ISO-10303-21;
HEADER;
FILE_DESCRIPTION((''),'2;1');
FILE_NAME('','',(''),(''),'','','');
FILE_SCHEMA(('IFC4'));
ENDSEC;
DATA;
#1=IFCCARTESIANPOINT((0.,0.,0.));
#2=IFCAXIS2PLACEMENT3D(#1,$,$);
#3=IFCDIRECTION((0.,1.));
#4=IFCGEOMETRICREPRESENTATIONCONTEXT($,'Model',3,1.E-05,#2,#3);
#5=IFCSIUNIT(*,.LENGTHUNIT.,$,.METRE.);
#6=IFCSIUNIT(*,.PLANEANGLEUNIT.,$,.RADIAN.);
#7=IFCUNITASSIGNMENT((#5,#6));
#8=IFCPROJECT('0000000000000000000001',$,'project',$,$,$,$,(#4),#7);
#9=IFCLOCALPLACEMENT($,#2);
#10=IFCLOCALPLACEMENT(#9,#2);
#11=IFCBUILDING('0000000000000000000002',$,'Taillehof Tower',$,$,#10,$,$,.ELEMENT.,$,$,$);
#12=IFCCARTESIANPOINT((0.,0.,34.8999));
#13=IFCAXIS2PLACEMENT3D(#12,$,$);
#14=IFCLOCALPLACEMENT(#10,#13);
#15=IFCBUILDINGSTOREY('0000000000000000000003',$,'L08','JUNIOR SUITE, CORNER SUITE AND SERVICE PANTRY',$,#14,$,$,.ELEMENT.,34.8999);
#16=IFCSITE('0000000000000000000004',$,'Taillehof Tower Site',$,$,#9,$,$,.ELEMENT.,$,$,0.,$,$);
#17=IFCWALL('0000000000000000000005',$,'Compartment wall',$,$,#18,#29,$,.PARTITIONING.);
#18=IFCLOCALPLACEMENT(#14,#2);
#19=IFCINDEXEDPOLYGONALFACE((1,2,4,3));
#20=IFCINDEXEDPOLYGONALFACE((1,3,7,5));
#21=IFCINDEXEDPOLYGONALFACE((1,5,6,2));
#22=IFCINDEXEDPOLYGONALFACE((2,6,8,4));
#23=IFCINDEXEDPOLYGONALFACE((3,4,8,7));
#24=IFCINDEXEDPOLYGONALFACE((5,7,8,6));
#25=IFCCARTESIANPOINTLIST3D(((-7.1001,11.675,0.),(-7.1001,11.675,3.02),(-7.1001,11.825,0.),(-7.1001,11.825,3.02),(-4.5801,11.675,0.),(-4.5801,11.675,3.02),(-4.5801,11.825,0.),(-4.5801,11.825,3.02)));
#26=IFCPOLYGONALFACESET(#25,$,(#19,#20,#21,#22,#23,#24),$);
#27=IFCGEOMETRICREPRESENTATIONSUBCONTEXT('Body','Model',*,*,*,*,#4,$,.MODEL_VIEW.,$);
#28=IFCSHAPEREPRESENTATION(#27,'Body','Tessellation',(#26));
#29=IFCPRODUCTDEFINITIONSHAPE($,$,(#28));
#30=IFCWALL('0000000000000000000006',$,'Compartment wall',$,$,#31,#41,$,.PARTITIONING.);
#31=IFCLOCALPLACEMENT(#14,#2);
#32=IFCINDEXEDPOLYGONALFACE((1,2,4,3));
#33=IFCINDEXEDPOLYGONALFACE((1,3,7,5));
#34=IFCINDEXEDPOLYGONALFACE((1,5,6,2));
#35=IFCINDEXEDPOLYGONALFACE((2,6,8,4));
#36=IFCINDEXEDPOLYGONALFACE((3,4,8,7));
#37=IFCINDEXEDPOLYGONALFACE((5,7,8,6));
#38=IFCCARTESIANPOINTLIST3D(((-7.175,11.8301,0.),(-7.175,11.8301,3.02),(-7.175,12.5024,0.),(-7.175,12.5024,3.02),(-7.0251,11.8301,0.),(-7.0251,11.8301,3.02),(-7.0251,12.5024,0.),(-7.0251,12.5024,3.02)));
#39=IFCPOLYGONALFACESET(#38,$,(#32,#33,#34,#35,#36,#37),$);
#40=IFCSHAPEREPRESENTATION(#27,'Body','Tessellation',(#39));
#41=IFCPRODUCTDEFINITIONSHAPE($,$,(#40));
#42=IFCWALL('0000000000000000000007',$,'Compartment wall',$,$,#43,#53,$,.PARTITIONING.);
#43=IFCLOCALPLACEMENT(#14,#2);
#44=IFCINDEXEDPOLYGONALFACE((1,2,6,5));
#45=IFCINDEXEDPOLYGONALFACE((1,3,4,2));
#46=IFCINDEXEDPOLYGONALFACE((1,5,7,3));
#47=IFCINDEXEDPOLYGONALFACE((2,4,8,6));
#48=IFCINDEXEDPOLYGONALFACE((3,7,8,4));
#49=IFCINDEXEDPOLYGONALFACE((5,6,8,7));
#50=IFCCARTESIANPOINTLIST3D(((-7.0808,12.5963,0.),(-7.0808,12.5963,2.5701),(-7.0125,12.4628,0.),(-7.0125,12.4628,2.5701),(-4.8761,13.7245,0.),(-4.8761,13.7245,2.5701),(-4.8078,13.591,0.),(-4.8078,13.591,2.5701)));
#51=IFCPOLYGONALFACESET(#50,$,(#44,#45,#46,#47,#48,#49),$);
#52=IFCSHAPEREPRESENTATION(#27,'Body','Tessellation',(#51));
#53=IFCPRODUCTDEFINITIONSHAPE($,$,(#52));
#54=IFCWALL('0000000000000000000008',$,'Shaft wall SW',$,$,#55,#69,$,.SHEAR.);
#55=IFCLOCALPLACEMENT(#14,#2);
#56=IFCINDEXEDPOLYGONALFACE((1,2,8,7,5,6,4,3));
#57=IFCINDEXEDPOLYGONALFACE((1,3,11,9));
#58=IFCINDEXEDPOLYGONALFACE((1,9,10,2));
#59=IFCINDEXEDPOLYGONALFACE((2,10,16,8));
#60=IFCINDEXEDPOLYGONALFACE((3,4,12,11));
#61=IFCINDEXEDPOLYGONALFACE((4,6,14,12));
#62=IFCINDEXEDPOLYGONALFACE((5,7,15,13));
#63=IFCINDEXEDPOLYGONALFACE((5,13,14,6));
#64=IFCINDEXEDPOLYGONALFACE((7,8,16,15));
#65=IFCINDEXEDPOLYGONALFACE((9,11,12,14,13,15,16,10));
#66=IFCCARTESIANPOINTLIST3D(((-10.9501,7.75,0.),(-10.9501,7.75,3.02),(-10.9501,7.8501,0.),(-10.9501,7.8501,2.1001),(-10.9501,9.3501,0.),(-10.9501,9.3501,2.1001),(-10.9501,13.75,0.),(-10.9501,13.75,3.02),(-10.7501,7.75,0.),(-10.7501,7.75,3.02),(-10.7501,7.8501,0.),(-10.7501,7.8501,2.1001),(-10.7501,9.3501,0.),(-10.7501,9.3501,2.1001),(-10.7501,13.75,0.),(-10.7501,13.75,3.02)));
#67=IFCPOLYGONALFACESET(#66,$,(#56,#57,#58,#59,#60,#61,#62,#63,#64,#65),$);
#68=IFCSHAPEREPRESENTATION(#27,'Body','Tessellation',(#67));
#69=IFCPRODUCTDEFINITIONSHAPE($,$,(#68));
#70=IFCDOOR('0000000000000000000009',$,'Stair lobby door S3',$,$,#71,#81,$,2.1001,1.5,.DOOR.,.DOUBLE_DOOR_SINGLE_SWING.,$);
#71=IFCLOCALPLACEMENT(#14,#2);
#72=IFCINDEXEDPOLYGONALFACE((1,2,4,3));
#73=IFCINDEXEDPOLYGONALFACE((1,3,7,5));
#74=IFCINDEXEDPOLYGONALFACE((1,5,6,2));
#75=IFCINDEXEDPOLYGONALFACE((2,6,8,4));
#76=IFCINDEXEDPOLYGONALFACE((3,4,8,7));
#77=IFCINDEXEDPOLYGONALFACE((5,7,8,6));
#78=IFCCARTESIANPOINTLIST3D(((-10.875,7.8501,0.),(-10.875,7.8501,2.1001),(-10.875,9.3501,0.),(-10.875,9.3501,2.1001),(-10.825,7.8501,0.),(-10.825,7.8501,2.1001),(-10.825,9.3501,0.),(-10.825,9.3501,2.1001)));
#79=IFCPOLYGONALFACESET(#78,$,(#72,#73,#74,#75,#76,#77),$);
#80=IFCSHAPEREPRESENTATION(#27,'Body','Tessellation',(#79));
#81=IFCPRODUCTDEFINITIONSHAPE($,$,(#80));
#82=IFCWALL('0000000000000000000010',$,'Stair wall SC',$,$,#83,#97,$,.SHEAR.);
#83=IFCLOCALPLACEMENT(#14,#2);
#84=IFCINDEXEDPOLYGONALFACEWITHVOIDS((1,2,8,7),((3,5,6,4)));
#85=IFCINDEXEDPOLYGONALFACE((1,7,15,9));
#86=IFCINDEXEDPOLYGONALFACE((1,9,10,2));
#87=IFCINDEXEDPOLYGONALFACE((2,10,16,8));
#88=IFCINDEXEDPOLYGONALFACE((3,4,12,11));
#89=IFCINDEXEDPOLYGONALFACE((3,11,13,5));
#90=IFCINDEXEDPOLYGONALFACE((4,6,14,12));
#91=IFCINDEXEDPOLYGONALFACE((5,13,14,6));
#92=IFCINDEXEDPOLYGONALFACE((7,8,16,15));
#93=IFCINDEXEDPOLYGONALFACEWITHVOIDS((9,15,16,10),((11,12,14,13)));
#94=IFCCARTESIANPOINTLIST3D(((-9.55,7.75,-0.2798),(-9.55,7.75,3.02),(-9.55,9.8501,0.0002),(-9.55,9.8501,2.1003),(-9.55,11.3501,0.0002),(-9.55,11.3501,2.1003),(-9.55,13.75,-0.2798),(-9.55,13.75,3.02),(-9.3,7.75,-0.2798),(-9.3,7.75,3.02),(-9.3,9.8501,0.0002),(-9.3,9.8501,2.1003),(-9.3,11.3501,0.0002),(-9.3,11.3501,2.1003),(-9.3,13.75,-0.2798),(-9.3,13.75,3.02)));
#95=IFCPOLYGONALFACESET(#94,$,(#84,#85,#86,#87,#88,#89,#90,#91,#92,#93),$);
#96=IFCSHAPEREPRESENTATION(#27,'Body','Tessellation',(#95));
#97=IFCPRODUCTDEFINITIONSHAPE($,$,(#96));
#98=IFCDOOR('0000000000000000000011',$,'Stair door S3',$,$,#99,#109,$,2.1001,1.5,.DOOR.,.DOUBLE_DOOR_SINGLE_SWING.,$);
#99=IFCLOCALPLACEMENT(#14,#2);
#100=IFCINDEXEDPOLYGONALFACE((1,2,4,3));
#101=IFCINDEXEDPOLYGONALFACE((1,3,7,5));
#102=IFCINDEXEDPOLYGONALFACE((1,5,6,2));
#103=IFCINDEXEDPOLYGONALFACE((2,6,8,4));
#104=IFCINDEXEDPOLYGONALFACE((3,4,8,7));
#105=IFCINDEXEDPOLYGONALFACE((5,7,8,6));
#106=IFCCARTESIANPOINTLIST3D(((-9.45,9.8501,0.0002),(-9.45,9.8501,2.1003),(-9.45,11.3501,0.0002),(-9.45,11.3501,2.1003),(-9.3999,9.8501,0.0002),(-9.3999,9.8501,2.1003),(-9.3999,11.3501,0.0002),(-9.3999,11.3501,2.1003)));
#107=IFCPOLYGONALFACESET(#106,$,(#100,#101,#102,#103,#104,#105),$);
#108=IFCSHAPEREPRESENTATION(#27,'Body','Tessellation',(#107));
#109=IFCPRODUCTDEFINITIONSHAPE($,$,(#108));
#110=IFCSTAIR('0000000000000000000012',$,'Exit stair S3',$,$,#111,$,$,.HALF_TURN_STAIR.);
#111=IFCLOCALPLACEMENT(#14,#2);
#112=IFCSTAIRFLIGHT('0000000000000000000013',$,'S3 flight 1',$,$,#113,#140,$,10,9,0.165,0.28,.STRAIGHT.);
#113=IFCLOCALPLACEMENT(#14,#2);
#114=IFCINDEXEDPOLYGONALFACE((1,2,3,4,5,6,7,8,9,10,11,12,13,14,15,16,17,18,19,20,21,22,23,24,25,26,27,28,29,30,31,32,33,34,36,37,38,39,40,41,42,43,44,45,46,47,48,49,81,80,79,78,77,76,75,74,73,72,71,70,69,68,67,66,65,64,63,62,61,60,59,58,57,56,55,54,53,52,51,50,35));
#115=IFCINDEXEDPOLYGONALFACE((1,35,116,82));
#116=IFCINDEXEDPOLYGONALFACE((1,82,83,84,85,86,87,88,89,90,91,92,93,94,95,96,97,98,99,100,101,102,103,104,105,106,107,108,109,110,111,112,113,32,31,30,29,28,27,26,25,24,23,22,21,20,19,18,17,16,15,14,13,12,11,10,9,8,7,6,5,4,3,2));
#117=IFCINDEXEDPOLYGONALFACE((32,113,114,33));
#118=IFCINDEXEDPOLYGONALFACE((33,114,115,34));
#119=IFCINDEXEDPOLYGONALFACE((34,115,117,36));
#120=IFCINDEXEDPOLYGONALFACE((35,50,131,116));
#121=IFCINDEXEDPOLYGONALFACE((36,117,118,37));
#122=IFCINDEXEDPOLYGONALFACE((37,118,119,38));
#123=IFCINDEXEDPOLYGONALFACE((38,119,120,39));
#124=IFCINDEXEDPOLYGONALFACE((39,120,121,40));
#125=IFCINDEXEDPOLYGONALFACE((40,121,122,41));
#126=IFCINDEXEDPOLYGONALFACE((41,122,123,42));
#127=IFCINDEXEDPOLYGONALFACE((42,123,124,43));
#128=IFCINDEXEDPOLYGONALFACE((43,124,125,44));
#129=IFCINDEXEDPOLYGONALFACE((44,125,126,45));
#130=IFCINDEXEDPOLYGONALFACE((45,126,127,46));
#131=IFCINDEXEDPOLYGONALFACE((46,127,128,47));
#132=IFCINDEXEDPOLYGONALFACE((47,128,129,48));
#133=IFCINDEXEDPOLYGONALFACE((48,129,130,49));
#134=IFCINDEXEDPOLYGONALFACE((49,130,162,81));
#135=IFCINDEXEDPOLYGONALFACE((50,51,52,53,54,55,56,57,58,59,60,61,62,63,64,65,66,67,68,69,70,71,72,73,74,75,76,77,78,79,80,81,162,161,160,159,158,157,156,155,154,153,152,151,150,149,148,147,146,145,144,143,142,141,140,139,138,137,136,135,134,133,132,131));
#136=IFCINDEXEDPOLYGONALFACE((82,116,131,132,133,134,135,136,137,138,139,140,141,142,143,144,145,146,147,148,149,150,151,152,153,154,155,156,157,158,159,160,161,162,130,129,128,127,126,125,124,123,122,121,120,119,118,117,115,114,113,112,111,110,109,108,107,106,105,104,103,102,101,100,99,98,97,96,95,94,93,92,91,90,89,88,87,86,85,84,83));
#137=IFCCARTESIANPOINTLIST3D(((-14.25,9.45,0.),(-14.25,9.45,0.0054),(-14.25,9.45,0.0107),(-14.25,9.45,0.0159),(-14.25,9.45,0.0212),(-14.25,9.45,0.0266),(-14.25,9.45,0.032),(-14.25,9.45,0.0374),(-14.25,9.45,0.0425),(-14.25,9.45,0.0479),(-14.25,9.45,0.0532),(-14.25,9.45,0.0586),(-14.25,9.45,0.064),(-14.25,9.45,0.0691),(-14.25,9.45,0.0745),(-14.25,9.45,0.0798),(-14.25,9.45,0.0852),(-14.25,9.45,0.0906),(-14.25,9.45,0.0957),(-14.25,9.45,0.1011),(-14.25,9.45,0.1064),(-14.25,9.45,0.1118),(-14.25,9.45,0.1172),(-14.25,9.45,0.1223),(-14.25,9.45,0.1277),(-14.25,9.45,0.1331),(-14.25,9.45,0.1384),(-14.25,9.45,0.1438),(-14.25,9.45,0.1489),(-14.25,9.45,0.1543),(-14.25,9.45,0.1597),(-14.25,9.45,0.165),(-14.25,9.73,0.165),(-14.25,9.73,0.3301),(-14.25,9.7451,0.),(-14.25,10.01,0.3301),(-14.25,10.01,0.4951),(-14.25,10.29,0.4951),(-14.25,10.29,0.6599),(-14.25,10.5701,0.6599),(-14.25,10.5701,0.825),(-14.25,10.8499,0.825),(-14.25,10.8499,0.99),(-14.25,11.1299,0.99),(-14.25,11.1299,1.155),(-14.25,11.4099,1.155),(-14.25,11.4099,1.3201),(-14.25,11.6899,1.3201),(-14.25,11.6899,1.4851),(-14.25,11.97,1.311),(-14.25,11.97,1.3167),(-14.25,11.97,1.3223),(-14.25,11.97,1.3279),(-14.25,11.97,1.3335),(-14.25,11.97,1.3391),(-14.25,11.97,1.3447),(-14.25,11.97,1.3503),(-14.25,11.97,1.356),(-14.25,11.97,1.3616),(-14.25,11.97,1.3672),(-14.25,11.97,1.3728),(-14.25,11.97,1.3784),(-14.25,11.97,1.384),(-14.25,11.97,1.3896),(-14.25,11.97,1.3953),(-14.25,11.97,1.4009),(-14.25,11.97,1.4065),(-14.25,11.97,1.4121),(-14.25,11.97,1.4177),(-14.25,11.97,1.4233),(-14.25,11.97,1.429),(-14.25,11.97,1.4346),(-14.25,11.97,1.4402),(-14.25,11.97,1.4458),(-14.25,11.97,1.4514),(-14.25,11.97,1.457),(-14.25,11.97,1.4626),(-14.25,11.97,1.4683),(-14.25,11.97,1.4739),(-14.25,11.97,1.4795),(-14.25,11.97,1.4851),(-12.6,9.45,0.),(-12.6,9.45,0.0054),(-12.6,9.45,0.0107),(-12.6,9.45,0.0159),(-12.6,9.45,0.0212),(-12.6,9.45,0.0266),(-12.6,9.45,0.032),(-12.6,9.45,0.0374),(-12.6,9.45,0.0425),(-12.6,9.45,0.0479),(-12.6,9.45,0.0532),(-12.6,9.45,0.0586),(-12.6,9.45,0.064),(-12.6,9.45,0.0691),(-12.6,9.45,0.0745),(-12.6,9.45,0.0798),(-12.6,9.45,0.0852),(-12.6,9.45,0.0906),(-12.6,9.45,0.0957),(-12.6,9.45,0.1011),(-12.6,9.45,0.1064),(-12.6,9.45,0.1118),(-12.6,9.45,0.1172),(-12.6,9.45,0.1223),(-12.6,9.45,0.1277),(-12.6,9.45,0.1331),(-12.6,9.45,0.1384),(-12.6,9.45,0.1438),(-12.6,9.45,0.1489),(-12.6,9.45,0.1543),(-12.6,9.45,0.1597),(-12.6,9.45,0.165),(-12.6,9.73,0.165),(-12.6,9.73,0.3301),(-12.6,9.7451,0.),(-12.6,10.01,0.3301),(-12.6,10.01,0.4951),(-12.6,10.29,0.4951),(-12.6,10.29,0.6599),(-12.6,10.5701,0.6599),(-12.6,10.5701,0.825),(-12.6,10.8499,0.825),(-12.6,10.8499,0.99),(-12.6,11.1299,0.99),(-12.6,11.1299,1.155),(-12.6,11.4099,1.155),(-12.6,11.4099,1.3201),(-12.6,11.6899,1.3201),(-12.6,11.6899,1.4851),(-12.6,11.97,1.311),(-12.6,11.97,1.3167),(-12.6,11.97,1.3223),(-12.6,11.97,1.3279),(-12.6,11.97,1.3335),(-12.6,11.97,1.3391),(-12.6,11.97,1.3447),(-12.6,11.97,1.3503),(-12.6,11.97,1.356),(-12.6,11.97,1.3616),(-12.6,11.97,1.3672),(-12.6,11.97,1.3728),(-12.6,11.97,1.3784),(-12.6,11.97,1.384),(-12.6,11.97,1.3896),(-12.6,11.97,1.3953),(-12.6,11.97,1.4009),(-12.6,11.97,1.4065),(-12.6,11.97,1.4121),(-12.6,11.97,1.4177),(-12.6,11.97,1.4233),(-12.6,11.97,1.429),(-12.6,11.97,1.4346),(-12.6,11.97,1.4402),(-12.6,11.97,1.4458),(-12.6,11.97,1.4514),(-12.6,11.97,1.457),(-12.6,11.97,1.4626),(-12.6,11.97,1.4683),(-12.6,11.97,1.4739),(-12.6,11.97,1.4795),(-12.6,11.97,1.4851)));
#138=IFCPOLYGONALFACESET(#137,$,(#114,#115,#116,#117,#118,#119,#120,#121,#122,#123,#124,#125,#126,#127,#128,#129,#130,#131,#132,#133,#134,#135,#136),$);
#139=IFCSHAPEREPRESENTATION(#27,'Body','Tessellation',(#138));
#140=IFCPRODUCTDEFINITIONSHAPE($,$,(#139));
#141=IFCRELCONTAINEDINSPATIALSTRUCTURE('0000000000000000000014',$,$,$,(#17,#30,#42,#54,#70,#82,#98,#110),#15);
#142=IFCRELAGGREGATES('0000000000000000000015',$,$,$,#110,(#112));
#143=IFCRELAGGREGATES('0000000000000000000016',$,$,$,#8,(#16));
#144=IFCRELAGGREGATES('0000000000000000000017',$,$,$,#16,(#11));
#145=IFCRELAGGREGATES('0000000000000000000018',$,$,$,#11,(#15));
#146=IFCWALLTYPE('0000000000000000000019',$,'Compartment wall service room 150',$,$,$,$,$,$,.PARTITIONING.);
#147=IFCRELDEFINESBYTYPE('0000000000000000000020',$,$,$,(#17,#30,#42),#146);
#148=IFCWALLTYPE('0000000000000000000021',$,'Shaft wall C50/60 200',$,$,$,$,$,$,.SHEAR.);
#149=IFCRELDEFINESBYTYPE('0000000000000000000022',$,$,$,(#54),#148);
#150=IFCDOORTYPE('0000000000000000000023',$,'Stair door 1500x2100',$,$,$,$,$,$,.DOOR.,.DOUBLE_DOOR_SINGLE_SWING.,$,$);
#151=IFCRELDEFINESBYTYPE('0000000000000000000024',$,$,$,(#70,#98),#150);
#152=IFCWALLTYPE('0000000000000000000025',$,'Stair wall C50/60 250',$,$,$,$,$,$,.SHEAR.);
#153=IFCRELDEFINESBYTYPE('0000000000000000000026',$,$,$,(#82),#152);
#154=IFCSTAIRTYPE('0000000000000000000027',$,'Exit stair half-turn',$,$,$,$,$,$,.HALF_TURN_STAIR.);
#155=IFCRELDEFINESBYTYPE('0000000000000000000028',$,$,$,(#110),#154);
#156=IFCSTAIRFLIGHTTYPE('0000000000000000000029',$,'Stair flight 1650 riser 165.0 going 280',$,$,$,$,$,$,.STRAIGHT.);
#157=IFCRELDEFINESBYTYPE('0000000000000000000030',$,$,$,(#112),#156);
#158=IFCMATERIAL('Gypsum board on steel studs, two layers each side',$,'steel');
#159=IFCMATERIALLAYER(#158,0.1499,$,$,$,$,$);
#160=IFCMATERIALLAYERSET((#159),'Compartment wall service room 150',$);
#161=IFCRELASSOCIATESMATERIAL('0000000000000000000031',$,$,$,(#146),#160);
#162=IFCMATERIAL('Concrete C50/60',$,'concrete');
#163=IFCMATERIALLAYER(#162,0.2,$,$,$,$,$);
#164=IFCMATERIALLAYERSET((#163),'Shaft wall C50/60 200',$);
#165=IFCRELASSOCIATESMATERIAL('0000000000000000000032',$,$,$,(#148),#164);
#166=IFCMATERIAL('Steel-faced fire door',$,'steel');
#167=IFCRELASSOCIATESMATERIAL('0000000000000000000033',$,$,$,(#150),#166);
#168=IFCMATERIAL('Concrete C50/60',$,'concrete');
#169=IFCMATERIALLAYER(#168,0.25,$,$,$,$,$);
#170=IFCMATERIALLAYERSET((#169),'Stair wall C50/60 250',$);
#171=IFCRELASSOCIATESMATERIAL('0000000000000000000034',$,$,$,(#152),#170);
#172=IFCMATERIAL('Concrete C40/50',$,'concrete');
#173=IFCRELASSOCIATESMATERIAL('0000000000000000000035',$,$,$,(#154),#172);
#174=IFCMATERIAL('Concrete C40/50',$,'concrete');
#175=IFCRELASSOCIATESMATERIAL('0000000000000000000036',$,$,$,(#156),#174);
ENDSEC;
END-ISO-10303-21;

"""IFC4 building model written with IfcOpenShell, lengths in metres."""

from ifc_helpers import new_model, si_unit, direction, frame, frame_2d, origin, place, context, subcontext, project, spatial, polyline, rectangle, outline, extrude, material, layer, layer_set, type_object, element, fill, aggregate, save


model = new_model("IFC4")

# Units and contexts
model_context = context("Model", 3, precision=1e-05, world=origin(), true_north=direction((0.0, 1.0)))
body_context = subcontext(model_context, "Body", "Model", "MODEL_VIEW")
ifc_project = project(units=[si_unit("LENGTHUNIT", "METRE"), si_unit("PLANEANGLEUNIT", "RADIAN")], contexts=[model_context])

# Site, building, storey
site_placement = place(None, origin())
site = spatial("IfcSite", under=ifc_project, at=site_placement, Name="Taillehof Tower Site", CompositionType="ELEMENT", RefElevation=0.0)
building_placement = place(site_placement, origin())
building = spatial("IfcBuilding", under=site, at=building_placement, Name="Taillehof Tower", CompositionType="ELEMENT")
storey_placement = place(building_placement, frame((0.0, 0.0, 34.8999)))
storey = spatial("IfcBuildingStorey", under=building, at=storey_placement, Name="L08", Description="JUNIOR SUITE, CORNER SUITE AND SERVICE PANTRY", CompositionType="ELEMENT", Elevation=34.8999)

# Walls
ifc_material_1 = material(Name="Gypsum board on steel studs, two layers each side", Category="steel")
ifc_layer_1 = layer(ifc_material_1, 0.1499)
ifc_layer_set_1 = layer_set([ifc_layer_1], Name="Compartment wall service room 150")
wall_type_1 = type_object("IfcWallType", Name="Compartment wall service room 150", PredefinedType="PARTITIONING", material=ifc_layer_set_1)
wall_1_placement = place(storey_placement, frame((-4.5801, 11.75, 0.0), z_axis=(0.0, 0.0, 1.0), x_axis=(-1.0, 0.0, 0.0)))
element("IfcWall", 1, at=wall_1_placement, inside=storey, type_object=wall_type_1, Name="Compartment wall", PredefinedType="PARTITIONING", context=body_context, shape_type="SweptSolid", body=[
    extrude(rectangle(XDim=2.52, YDim=0.1499, at=frame_2d((1.26, 0.0))), origin(), (0.0, 0.0, 1.0), 3.02),
])
wall_2_placement = place(storey_placement, frame((-7.1001, 11.8301, 0.0), z_axis=(0.0, 0.0, 1.0), x_axis=(0.0, 1.0, 0.0)))
element("IfcWall", 2, at=wall_2_placement, inside=storey, type_object=wall_type_1, Name="Compartment wall", PredefinedType="PARTITIONING", context=body_context, shape_type="SweptSolid", body=[
    extrude(rectangle(XDim=0.6724, YDim=0.1499, at=frame_2d((0.3362, 0.0))), origin(), (0.0, 0.0, 1.0), 3.02),
])
wall_3_placement = place(storey_placement, frame((-7.0466, 12.5295, 0.0), z_axis=(0.0, 0.0, 1.0), x_axis=(0.890208, 0.455554, 0.0)))
element("IfcWall", 3, at=wall_3_placement, inside=storey, type_object=wall_type_1, Name="Compartment wall", PredefinedType="PARTITIONING", context=body_context, shape_type="SweptSolid", body=[
    extrude(rectangle(XDim=2.4766, YDim=0.1499, at=frame_2d((1.2383, 0.0))), origin(), (0.0, 0.0, 1.0), 2.5701),
])

# Walls, openings, doors
ifc_material_2 = material(Name="Concrete C50/60", Category="concrete")
ifc_layer_2 = layer(ifc_material_2, 0.2)
ifc_layer_set_2 = layer_set([ifc_layer_2], Name="Shaft wall C50/60 200")
wall_type_2 = type_object("IfcWallType", Name="Shaft wall C50/60 200", PredefinedType="SHEAR", material=ifc_layer_set_2)
wall_4_placement = place(storey_placement, frame((-10.8501, 7.75, 0.0), z_axis=(0.0, 0.0, 1.0), x_axis=(0.0, 1.0, 0.0)))
wall_4 = element("IfcWall", 4, at=wall_4_placement, inside=storey, type_object=wall_type_2, Name="Shaft wall SW", PredefinedType="SHEAR", context=body_context, shape_type="SweptSolid", body=[
    extrude(rectangle(XDim=6.0, YDim=0.2, at=frame_2d((3.0, 0.0))), origin(), (0.0, 0.0, 1.0), 3.02),
])
opening_1_placement = place(wall_4_placement, frame((0.1001, 0.0, 0.0)))
opening_1 = element("IfcOpeningElement", 5, at=opening_1_placement, cuts=wall_4, PredefinedType="OPENING", context=body_context, shape_type="SweptSolid", body=[
    extrude(rectangle(XDim=1.5, YDim=2.1001, at=frame_2d((0.75, 1.05))), frame((0.0, 0.1099, 0.0), z_axis=(0.0, -1.0, 0.0), x_axis=(1.0, 0.0, 0.0)), (0.0, 0.0, 1.0), 0.22),
])
ifc_material_3 = material(Name="Steel-faced fire door", Category="steel")
door_type = type_object("IfcDoorType", Name="Stair door 1500x2100", OperationType="DOUBLE_DOOR_SINGLE_SWING", PredefinedType="DOOR", material=ifc_material_3)
door_1_placement = place(opening_1_placement, origin())
door_1 = element("IfcDoor", 6, at=door_1_placement, inside=storey, type_object=door_type, Name="Stair lobby door S3", OperationType="DOUBLE_DOOR_SINGLE_SWING", OverallHeight=2.1001, OverallWidth=1.5, PredefinedType="DOOR", context=body_context, shape_type="SweptSolid", body=[
    extrude(rectangle(XDim=1.5, YDim=2.1001, at=frame_2d((0.75, 1.05))), frame((0.0, 0.0249, 0.0), z_axis=(0.0, -1.0, 0.0), x_axis=(1.0, 0.0, 0.0)), (0.0, 0.0, 1.0), 0.05),
])
fill(opening_1, door_1)
ifc_material_4 = material(Name="Concrete C50/60", Category="concrete")
ifc_layer_3 = layer(ifc_material_4, 0.25)
ifc_layer_set_3 = layer_set([ifc_layer_3], Name="Stair wall C50/60 250")
wall_type_3 = type_object("IfcWallType", Name="Stair wall C50/60 250", PredefinedType="SHEAR", material=ifc_layer_set_3)
wall_5_placement = place(storey_placement, frame((-9.425, 7.75, -0.2798), z_axis=(0.0, 0.0, 1.0), x_axis=(0.0, 1.0, 0.0)))
wall_5 = element("IfcWall", 7, at=wall_5_placement, inside=storey, type_object=wall_type_3, Name="Stair wall SC", PredefinedType="SHEAR", context=body_context, shape_type="SweptSolid", body=[
    extrude(rectangle(XDim=6.0, YDim=0.25, at=frame_2d((3.0, 0.0))), origin(), (0.0, 0.0, 1.0), 3.2998),
])
opening_2_placement = place(wall_5_placement, frame((2.1001, 0.0, 0.28)))
opening_2 = element("IfcOpeningElement", 8, at=opening_2_placement, cuts=wall_5, PredefinedType="OPENING", context=body_context, shape_type="SweptSolid", body=[
    extrude(rectangle(XDim=1.5, YDim=2.1001, at=frame_2d((0.75, 1.05))), frame((0.0, 0.135, 0.0), z_axis=(0.0, -1.0, 0.0), x_axis=(1.0, 0.0, 0.0)), (0.0, 0.0, 1.0), 0.27),
])
door_2_placement = place(opening_2_placement, origin())
door_2 = element("IfcDoor", 9, at=door_2_placement, inside=storey, type_object=door_type, Name="Stair door S3", OperationType="DOUBLE_DOOR_SINGLE_SWING", OverallHeight=2.1001, OverallWidth=1.5, PredefinedType="DOOR", context=body_context, shape_type="SweptSolid", body=[
    extrude(rectangle(XDim=1.5, YDim=2.1001, at=frame_2d((0.75, 1.05))), frame((0.0, 0.0249, 0.0), z_axis=(0.0, -1.0, 0.0), x_axis=(1.0, 0.0, 0.0)), (0.0, 0.0, 1.0), 0.05),
])
fill(opening_2, door_2)

# Stair, stair flight
ifc_material_5 = material(Name="Concrete C40/50", Category="concrete")
stair_type = type_object("IfcStairType", Name="Exit stair half-turn", PredefinedType="HALF_TURN_STAIR", material=ifc_material_5)
stair_placement = place(storey_placement, origin())
stair = element("IfcStair", 10, at=stair_placement, inside=storey, type_object=stair_type, Name="Exit stair S3", PredefinedType="HALF_TURN_STAIR")
ifc_material_6 = material(Name="Concrete C40/50", Category="concrete")
stair_flight_type = type_object("IfcStairFlightType", Name="Stair flight 1650 riser 165.0 going 280", PredefinedType="STRAIGHT", material=ifc_material_6)
stair_flight_1_placement = place(storey_placement, frame((-13.425, 9.45, 0.0), z_axis=(0.0, 0.0, 1.0), x_axis=(0.0, 1.0, 0.0)))
stair_flight_1 = element("IfcStairFlight", 11, at=stair_flight_1_placement, type_object=stair_flight_type, Name="S3 flight 1", NumberOfRisers=10, NumberOfTreads=9, PredefinedType="STRAIGHT", RiserHeight=0.165, TreadLength=0.28, context=body_context, shape_type="SweptSolid", body=[
    extrude(outline(polyline([(0.0, 0.0), (0.0, 0.0054), (0.0, 0.0107), (0.0, 0.0159), (0.0, 0.0212), (0.0, 0.0266), (0.0, 0.032), (0.0, 0.0374), (0.0, 0.0425), (0.0, 0.0479), (0.0, 0.0532), (0.0, 0.0586), (0.0, 0.064), (0.0, 0.0691), (0.0, 0.0745), (0.0, 0.0798), (0.0, 0.0852), (0.0, 0.0906), (0.0, 0.0957), (0.0, 0.1011), (0.0, 0.1064), (0.0, 0.1118), (0.0, 0.1172), (0.0, 0.1223), (0.0, 0.1277), (0.0, 0.1331), (0.0, 0.1384), (0.0, 0.1438), (0.0, 0.1489), (0.0, 0.1543), (0.0, 0.1597), (0.0, 0.165), (0.28, 0.165), (0.28, 0.3301), (0.5601, 0.3301), (0.5601, 0.4951), (0.8401, 0.4951), (0.8401, 0.6599), (1.1201, 0.6599), (1.1201, 0.825), (1.3999, 0.825), (1.3999, 0.99), (1.6799, 0.99), (1.6799, 1.155), (1.96, 1.155), (1.96, 1.3201), (2.24, 1.3201), (2.24, 1.4851), (2.52, 1.4851), (2.52, 1.4795), (2.52, 1.4739), (2.52, 1.4683), (2.52, 1.4626), (2.52, 1.457), (2.52, 1.4514), (2.52, 1.4458), (2.52, 1.4402), (2.52, 1.4346), (2.52, 1.429), (2.52, 1.4233), (2.52, 1.4177), (2.52, 1.4121), (2.52, 1.4065), (2.52, 1.4009), (2.52, 1.3953), (2.52, 1.3896), (2.52, 1.384), (2.52, 1.3784), (2.52, 1.3728), (2.52, 1.3672), (2.52, 1.3616), (2.52, 1.356), (2.52, 1.3503), (2.52, 1.3447), (2.52, 1.3391), (2.52, 1.3335), (2.52, 1.3279), (2.52, 1.3223), (2.52, 1.3167), (2.52, 1.311), (0.2952, 0.0), (0.0, 0.0)])), frame((0.0, 0.825, 0.0), z_axis=(0.0, -1.0, 0.0), x_axis=(1.0, 0.0, 0.0)), (0.0, 0.0, 1.0), 1.65),
])
aggregate(stair, [stair_flight_1])

save(model, "model.ifc")
